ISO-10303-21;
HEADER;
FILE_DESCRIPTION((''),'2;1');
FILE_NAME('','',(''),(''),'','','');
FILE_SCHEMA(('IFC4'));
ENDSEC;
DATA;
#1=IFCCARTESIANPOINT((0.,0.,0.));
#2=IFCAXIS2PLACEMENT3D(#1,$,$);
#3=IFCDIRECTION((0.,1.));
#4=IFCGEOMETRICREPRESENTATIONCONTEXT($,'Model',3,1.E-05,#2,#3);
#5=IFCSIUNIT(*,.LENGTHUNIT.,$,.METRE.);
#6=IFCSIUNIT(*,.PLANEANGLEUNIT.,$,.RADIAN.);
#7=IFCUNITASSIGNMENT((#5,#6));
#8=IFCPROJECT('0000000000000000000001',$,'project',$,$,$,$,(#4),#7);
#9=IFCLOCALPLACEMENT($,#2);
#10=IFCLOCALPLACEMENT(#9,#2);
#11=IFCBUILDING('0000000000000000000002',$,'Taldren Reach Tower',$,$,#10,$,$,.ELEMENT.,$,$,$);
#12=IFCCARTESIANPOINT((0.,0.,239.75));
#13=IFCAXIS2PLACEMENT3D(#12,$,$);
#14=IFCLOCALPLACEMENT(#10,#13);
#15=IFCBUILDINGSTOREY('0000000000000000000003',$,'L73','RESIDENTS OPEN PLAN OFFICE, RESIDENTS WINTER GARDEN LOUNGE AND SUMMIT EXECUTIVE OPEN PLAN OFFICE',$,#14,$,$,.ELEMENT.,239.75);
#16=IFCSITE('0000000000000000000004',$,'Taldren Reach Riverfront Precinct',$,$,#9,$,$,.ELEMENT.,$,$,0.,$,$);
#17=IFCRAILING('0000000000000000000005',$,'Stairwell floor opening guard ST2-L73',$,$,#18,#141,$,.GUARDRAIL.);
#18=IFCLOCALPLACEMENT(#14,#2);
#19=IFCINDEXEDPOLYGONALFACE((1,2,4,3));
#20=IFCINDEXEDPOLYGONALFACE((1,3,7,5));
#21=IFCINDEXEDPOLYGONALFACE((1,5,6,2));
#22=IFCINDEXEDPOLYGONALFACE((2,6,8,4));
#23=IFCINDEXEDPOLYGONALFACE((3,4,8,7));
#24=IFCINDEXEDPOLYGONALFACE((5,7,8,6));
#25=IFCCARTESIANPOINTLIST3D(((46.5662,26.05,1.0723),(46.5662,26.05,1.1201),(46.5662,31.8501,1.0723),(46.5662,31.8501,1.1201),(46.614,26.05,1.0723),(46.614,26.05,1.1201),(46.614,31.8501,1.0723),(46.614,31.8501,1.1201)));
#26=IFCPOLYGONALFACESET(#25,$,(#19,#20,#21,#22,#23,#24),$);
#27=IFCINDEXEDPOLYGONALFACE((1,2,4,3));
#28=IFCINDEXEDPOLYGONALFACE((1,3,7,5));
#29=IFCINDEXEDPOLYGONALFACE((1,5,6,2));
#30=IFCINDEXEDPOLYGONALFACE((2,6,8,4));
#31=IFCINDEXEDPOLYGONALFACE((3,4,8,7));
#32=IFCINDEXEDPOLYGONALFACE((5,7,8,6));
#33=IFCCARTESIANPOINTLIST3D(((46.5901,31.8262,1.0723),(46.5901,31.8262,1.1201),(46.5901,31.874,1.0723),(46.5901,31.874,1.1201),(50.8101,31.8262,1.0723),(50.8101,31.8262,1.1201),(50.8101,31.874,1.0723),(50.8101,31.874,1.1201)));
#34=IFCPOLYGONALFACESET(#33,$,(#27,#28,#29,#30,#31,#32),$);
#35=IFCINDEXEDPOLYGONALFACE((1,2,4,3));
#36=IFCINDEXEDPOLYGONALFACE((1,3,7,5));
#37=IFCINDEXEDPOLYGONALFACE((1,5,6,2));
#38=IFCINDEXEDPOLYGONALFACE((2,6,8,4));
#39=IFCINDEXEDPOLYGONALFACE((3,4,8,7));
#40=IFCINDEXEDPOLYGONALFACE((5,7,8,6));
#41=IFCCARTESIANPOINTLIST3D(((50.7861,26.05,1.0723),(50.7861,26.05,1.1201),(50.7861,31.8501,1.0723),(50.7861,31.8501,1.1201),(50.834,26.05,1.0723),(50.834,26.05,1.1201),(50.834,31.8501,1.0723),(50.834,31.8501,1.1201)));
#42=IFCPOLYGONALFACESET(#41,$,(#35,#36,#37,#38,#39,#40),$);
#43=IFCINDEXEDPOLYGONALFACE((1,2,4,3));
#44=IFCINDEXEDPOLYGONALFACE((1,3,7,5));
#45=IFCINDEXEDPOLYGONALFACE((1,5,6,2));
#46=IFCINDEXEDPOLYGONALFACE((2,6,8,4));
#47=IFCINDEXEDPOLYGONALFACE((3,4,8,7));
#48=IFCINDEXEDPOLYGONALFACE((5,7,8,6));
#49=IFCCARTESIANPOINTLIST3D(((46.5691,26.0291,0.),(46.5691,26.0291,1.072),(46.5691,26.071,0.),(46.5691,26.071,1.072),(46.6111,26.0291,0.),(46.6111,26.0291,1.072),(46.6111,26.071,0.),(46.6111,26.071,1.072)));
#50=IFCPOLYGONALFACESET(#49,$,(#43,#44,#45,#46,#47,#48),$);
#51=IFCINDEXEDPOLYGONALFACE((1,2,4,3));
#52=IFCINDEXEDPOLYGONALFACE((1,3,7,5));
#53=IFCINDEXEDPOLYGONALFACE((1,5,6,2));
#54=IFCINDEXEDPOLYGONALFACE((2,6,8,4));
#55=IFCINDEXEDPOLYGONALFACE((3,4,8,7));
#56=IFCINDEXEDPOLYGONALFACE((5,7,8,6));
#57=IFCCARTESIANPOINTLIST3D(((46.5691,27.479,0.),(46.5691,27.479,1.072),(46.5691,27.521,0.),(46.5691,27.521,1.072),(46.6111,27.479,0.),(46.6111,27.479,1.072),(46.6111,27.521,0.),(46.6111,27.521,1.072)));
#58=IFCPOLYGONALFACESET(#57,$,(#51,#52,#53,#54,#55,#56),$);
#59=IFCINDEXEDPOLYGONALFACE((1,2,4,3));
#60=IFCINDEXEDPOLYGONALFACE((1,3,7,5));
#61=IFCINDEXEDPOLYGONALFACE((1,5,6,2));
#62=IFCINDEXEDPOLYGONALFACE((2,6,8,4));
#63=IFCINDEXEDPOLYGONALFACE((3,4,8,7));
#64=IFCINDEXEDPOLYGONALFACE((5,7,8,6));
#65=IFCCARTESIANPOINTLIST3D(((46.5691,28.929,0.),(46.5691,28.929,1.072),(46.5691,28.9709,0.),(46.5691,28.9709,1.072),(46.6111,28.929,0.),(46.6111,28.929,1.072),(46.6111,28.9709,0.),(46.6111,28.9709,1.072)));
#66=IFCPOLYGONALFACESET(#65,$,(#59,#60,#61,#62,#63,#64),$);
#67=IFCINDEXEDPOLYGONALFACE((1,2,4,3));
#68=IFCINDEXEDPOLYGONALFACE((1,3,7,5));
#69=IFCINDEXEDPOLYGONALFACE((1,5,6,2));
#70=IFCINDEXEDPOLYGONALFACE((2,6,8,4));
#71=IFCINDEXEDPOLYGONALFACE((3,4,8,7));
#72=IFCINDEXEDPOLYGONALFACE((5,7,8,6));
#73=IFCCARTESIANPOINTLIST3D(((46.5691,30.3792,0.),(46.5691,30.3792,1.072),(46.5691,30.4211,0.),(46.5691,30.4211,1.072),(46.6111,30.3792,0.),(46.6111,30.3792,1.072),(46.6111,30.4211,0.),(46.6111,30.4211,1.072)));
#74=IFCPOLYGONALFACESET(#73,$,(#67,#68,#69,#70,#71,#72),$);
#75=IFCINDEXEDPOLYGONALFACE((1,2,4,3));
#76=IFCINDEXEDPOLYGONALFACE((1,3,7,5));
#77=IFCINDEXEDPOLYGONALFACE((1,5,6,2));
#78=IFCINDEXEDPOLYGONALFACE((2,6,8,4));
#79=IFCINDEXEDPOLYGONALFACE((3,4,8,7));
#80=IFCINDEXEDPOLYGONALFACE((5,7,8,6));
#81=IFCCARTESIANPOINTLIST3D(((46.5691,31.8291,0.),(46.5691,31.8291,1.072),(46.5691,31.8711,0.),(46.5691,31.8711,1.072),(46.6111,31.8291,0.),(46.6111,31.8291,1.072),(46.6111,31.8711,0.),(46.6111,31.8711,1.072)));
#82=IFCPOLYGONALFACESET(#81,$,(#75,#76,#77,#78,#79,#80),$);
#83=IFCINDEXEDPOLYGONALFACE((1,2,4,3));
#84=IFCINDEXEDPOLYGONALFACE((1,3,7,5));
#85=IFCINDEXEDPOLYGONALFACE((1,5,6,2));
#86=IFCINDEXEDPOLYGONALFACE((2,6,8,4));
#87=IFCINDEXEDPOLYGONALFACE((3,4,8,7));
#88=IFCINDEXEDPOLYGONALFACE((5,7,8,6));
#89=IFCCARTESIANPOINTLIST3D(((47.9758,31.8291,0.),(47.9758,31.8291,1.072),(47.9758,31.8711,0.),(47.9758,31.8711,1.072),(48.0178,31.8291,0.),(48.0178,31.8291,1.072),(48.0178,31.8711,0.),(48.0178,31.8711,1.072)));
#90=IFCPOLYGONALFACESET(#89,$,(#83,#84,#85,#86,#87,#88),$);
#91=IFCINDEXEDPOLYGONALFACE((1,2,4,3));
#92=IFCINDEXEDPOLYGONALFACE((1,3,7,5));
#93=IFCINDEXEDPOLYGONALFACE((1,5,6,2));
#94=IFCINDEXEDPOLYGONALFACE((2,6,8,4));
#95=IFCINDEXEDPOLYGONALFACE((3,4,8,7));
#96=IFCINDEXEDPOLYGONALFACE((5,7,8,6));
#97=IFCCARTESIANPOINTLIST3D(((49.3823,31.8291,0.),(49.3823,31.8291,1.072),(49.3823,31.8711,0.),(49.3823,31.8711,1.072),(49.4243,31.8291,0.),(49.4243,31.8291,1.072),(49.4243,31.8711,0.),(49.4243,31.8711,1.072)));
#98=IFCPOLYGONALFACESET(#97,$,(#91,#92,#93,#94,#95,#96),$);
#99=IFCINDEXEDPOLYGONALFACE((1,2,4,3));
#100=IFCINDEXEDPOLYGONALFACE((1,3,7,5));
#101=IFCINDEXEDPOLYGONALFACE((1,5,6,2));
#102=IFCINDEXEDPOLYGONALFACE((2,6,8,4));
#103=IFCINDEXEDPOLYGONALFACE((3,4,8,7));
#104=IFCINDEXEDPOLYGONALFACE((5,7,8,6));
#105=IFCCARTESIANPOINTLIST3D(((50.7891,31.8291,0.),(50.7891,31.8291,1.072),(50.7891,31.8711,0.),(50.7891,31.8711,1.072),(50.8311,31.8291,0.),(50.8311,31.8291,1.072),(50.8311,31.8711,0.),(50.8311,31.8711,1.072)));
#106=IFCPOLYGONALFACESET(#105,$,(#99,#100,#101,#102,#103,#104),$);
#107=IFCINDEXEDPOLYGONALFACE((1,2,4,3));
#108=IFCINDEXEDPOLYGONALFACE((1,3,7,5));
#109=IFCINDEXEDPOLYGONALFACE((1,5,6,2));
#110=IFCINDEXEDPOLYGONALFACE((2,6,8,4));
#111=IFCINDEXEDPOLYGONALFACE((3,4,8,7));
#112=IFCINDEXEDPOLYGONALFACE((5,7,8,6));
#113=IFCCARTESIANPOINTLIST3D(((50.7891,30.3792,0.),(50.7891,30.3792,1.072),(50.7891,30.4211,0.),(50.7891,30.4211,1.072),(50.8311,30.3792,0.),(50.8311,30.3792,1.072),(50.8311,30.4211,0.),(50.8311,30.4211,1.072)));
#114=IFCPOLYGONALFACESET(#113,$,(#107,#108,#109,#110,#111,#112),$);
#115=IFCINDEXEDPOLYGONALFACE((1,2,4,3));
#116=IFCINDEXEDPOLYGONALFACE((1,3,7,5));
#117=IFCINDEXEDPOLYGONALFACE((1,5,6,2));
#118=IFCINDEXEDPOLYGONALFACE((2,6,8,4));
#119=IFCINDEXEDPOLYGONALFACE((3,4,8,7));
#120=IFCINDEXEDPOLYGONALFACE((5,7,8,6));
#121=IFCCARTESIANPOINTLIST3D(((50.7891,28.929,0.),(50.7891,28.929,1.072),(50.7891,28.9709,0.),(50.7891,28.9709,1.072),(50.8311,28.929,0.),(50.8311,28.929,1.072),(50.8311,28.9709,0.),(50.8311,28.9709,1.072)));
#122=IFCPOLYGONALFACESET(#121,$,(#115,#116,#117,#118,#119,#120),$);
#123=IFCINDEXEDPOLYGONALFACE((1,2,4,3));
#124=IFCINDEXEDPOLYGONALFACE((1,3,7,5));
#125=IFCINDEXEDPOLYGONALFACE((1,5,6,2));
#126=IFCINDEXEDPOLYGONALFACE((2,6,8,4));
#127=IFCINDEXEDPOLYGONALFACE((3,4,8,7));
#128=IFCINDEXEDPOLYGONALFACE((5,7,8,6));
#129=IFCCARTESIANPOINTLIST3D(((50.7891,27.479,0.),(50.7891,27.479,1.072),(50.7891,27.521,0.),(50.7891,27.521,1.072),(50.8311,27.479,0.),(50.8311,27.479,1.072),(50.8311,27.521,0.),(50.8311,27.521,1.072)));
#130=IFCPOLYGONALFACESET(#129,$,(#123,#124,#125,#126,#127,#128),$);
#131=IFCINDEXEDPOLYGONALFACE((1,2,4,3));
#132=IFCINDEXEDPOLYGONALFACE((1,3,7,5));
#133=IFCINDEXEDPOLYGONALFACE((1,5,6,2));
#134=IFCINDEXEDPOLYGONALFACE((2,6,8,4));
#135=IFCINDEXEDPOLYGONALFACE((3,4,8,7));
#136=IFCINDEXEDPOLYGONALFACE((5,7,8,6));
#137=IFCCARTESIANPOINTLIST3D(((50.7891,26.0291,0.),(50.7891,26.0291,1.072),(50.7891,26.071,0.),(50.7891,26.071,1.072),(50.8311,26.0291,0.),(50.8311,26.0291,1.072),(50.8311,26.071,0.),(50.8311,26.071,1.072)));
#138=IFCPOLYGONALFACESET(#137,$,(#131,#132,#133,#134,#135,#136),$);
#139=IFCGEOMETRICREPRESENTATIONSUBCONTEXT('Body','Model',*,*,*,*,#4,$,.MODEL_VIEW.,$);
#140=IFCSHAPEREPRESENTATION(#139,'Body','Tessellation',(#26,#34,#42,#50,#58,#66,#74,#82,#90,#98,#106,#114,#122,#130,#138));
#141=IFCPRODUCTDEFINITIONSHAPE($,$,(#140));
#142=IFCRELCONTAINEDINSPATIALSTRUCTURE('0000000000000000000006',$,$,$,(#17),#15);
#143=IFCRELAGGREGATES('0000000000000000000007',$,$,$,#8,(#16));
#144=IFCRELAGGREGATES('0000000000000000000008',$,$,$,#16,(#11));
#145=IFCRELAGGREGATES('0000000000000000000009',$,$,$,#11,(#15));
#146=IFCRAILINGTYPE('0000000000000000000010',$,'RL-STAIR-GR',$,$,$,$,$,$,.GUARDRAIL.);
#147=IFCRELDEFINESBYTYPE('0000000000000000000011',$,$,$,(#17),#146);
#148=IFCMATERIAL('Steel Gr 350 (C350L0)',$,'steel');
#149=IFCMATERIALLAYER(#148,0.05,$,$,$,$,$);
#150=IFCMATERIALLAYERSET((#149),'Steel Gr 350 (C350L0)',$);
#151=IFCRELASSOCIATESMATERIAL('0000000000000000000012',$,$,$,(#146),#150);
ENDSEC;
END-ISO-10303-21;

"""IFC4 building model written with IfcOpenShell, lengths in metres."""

from ifc_helpers import new_model, si_unit, direction, frame, origin, origin_2d, place, context, subcontext, project, spatial, rectangle, extrude, material, layer, layer_set, type_object, element, save


model = new_model("IFC4")

# Units and contexts
model_context = context("Model", 3, precision=1e-05, world=origin(), true_north=direction((0.0, 1.0)))
body_context = subcontext(model_context, "Body", "Model", "MODEL_VIEW")
ifc_project = project(units=[si_unit("LENGTHUNIT", "METRE"), si_unit("PLANEANGLEUNIT", "RADIAN")], contexts=[model_context])

# Site, building, storey
site_placement = place(None, origin())
site = spatial("IfcSite", under=ifc_project, at=site_placement, Name="Taldren Reach Riverfront Precinct", CompositionType="ELEMENT", RefElevation=0.0)
building_placement = place(site_placement, origin())
building = spatial("IfcBuilding", under=site, at=building_placement, Name="Taldren Reach Tower", CompositionType="ELEMENT")
storey_placement = place(building_placement, frame((0.0, 0.0, 239.75)))
storey = spatial("IfcBuildingStorey", under=building, at=storey_placement, Name="L73", Description="RESIDENTS OPEN PLAN OFFICE, RESIDENTS WINTER GARDEN LOUNGE AND SUMMIT EXECUTIVE OPEN PLAN OFFICE", CompositionType="ELEMENT", Elevation=239.75)

# Shared definitions
ifc_material_1 = material(Name="Steel Gr 350 (C350L0)", Category="steel")

# Railing
ifc_layer_1 = layer(ifc_material_1, 0.05)
ifc_layer_set_1 = layer_set([ifc_layer_1], Name="Steel Gr 350 (C350L0)")
railing_type = type_object("IfcRailingType", Name="RL-STAIR-GR", PredefinedType="GUARDRAIL", material=ifc_layer_set_1)
railing_1_placement = place(storey_placement, frame((46.5901, 26.05, 0.0)))
element("IfcRailing", 1, at=railing_1_placement, inside=storey, type_object=railing_type, Name="Stairwell floor opening guard ST2-L73", PredefinedType="GUARDRAIL", context=body_context, shape_type="SweptSolid", body=[
    extrude(rectangle(XDim=0.0479, YDim=0.0479, at=origin_2d()), frame((0.0, 0.0, 1.0962), z_axis=(0.0, 1.0, 0.0), x_axis=(-1.0, 0.0, 0.0)), (0.0, 0.0, 1.0), 5.8),
    extrude(rectangle(XDim=0.0479, YDim=0.0479, at=origin_2d()), frame((0.0, 5.8, 1.0962), z_axis=(1.0, 0.0, 0.0), x_axis=(0.0, 1.0, 0.0)), (0.0, 0.0, 1.0), 4.22),
    extrude(rectangle(XDim=0.0479, YDim=0.0479, at=origin_2d()), frame((4.22, 5.8, 1.0962), z_axis=(0.0, -1.0, 0.0), x_axis=(1.0, 0.0, 0.0)), (0.0, 0.0, 1.0), 5.8),
    extrude(rectangle(XDim=0.042, YDim=0.042, at=origin_2d()), origin(), (0.0, 0.0, 1.0), 1.072),
    extrude(rectangle(XDim=0.042, YDim=0.042, at=origin_2d()), frame((0.0, 1.45, 0.0)), (0.0, 0.0, 1.0), 1.072),
    extrude(rectangle(XDim=0.042, YDim=0.042, at=origin_2d()), frame((0.0, 2.8999, 0.0)), (0.0, 0.0, 1.0), 1.072),
    extrude(rectangle(XDim=0.042, YDim=0.042, at=origin_2d()), frame((0.0, 4.3501, 0.0)), (0.0, 0.0, 1.0), 1.072),
    extrude(rectangle(XDim=0.042, YDim=0.042, at=origin_2d()), frame((0.0, 5.8, 0.0)), (0.0, 0.0, 1.0), 1.072),
    extrude(rectangle(XDim=0.042, YDim=0.042, at=origin_2d()), frame((1.4067, 5.8, 0.0)), (0.0, 0.0, 1.0), 1.072),
    extrude(rectangle(XDim=0.042, YDim=0.042, at=origin_2d()), frame((2.8132, 5.8, 0.0)), (0.0, 0.0, 1.0), 1.072),
    extrude(rectangle(XDim=0.042, YDim=0.042, at=origin_2d()), frame((4.22, 5.8, 0.0)), (0.0, 0.0, 1.0), 1.072),
    extrude(rectangle(XDim=0.042, YDim=0.042, at=origin_2d()), frame((4.22, 4.3501, 0.0)), (0.0, 0.0, 1.0), 1.072),
    extrude(rectangle(XDim=0.042, YDim=0.042, at=origin_2d()), frame((4.22, 2.8999, 0.0)), (0.0, 0.0, 1.0), 1.072),
    extrude(rectangle(XDim=0.042, YDim=0.042, at=origin_2d()), frame((4.22, 1.45, 0.0)), (0.0, 0.0, 1.0), 1.072),
    extrude(rectangle(XDim=0.042, YDim=0.042, at=origin_2d()), frame((4.22, 0.0, 0.0)), (0.0, 0.0, 1.0), 1.072),
])

save(model, "model.ifc")
